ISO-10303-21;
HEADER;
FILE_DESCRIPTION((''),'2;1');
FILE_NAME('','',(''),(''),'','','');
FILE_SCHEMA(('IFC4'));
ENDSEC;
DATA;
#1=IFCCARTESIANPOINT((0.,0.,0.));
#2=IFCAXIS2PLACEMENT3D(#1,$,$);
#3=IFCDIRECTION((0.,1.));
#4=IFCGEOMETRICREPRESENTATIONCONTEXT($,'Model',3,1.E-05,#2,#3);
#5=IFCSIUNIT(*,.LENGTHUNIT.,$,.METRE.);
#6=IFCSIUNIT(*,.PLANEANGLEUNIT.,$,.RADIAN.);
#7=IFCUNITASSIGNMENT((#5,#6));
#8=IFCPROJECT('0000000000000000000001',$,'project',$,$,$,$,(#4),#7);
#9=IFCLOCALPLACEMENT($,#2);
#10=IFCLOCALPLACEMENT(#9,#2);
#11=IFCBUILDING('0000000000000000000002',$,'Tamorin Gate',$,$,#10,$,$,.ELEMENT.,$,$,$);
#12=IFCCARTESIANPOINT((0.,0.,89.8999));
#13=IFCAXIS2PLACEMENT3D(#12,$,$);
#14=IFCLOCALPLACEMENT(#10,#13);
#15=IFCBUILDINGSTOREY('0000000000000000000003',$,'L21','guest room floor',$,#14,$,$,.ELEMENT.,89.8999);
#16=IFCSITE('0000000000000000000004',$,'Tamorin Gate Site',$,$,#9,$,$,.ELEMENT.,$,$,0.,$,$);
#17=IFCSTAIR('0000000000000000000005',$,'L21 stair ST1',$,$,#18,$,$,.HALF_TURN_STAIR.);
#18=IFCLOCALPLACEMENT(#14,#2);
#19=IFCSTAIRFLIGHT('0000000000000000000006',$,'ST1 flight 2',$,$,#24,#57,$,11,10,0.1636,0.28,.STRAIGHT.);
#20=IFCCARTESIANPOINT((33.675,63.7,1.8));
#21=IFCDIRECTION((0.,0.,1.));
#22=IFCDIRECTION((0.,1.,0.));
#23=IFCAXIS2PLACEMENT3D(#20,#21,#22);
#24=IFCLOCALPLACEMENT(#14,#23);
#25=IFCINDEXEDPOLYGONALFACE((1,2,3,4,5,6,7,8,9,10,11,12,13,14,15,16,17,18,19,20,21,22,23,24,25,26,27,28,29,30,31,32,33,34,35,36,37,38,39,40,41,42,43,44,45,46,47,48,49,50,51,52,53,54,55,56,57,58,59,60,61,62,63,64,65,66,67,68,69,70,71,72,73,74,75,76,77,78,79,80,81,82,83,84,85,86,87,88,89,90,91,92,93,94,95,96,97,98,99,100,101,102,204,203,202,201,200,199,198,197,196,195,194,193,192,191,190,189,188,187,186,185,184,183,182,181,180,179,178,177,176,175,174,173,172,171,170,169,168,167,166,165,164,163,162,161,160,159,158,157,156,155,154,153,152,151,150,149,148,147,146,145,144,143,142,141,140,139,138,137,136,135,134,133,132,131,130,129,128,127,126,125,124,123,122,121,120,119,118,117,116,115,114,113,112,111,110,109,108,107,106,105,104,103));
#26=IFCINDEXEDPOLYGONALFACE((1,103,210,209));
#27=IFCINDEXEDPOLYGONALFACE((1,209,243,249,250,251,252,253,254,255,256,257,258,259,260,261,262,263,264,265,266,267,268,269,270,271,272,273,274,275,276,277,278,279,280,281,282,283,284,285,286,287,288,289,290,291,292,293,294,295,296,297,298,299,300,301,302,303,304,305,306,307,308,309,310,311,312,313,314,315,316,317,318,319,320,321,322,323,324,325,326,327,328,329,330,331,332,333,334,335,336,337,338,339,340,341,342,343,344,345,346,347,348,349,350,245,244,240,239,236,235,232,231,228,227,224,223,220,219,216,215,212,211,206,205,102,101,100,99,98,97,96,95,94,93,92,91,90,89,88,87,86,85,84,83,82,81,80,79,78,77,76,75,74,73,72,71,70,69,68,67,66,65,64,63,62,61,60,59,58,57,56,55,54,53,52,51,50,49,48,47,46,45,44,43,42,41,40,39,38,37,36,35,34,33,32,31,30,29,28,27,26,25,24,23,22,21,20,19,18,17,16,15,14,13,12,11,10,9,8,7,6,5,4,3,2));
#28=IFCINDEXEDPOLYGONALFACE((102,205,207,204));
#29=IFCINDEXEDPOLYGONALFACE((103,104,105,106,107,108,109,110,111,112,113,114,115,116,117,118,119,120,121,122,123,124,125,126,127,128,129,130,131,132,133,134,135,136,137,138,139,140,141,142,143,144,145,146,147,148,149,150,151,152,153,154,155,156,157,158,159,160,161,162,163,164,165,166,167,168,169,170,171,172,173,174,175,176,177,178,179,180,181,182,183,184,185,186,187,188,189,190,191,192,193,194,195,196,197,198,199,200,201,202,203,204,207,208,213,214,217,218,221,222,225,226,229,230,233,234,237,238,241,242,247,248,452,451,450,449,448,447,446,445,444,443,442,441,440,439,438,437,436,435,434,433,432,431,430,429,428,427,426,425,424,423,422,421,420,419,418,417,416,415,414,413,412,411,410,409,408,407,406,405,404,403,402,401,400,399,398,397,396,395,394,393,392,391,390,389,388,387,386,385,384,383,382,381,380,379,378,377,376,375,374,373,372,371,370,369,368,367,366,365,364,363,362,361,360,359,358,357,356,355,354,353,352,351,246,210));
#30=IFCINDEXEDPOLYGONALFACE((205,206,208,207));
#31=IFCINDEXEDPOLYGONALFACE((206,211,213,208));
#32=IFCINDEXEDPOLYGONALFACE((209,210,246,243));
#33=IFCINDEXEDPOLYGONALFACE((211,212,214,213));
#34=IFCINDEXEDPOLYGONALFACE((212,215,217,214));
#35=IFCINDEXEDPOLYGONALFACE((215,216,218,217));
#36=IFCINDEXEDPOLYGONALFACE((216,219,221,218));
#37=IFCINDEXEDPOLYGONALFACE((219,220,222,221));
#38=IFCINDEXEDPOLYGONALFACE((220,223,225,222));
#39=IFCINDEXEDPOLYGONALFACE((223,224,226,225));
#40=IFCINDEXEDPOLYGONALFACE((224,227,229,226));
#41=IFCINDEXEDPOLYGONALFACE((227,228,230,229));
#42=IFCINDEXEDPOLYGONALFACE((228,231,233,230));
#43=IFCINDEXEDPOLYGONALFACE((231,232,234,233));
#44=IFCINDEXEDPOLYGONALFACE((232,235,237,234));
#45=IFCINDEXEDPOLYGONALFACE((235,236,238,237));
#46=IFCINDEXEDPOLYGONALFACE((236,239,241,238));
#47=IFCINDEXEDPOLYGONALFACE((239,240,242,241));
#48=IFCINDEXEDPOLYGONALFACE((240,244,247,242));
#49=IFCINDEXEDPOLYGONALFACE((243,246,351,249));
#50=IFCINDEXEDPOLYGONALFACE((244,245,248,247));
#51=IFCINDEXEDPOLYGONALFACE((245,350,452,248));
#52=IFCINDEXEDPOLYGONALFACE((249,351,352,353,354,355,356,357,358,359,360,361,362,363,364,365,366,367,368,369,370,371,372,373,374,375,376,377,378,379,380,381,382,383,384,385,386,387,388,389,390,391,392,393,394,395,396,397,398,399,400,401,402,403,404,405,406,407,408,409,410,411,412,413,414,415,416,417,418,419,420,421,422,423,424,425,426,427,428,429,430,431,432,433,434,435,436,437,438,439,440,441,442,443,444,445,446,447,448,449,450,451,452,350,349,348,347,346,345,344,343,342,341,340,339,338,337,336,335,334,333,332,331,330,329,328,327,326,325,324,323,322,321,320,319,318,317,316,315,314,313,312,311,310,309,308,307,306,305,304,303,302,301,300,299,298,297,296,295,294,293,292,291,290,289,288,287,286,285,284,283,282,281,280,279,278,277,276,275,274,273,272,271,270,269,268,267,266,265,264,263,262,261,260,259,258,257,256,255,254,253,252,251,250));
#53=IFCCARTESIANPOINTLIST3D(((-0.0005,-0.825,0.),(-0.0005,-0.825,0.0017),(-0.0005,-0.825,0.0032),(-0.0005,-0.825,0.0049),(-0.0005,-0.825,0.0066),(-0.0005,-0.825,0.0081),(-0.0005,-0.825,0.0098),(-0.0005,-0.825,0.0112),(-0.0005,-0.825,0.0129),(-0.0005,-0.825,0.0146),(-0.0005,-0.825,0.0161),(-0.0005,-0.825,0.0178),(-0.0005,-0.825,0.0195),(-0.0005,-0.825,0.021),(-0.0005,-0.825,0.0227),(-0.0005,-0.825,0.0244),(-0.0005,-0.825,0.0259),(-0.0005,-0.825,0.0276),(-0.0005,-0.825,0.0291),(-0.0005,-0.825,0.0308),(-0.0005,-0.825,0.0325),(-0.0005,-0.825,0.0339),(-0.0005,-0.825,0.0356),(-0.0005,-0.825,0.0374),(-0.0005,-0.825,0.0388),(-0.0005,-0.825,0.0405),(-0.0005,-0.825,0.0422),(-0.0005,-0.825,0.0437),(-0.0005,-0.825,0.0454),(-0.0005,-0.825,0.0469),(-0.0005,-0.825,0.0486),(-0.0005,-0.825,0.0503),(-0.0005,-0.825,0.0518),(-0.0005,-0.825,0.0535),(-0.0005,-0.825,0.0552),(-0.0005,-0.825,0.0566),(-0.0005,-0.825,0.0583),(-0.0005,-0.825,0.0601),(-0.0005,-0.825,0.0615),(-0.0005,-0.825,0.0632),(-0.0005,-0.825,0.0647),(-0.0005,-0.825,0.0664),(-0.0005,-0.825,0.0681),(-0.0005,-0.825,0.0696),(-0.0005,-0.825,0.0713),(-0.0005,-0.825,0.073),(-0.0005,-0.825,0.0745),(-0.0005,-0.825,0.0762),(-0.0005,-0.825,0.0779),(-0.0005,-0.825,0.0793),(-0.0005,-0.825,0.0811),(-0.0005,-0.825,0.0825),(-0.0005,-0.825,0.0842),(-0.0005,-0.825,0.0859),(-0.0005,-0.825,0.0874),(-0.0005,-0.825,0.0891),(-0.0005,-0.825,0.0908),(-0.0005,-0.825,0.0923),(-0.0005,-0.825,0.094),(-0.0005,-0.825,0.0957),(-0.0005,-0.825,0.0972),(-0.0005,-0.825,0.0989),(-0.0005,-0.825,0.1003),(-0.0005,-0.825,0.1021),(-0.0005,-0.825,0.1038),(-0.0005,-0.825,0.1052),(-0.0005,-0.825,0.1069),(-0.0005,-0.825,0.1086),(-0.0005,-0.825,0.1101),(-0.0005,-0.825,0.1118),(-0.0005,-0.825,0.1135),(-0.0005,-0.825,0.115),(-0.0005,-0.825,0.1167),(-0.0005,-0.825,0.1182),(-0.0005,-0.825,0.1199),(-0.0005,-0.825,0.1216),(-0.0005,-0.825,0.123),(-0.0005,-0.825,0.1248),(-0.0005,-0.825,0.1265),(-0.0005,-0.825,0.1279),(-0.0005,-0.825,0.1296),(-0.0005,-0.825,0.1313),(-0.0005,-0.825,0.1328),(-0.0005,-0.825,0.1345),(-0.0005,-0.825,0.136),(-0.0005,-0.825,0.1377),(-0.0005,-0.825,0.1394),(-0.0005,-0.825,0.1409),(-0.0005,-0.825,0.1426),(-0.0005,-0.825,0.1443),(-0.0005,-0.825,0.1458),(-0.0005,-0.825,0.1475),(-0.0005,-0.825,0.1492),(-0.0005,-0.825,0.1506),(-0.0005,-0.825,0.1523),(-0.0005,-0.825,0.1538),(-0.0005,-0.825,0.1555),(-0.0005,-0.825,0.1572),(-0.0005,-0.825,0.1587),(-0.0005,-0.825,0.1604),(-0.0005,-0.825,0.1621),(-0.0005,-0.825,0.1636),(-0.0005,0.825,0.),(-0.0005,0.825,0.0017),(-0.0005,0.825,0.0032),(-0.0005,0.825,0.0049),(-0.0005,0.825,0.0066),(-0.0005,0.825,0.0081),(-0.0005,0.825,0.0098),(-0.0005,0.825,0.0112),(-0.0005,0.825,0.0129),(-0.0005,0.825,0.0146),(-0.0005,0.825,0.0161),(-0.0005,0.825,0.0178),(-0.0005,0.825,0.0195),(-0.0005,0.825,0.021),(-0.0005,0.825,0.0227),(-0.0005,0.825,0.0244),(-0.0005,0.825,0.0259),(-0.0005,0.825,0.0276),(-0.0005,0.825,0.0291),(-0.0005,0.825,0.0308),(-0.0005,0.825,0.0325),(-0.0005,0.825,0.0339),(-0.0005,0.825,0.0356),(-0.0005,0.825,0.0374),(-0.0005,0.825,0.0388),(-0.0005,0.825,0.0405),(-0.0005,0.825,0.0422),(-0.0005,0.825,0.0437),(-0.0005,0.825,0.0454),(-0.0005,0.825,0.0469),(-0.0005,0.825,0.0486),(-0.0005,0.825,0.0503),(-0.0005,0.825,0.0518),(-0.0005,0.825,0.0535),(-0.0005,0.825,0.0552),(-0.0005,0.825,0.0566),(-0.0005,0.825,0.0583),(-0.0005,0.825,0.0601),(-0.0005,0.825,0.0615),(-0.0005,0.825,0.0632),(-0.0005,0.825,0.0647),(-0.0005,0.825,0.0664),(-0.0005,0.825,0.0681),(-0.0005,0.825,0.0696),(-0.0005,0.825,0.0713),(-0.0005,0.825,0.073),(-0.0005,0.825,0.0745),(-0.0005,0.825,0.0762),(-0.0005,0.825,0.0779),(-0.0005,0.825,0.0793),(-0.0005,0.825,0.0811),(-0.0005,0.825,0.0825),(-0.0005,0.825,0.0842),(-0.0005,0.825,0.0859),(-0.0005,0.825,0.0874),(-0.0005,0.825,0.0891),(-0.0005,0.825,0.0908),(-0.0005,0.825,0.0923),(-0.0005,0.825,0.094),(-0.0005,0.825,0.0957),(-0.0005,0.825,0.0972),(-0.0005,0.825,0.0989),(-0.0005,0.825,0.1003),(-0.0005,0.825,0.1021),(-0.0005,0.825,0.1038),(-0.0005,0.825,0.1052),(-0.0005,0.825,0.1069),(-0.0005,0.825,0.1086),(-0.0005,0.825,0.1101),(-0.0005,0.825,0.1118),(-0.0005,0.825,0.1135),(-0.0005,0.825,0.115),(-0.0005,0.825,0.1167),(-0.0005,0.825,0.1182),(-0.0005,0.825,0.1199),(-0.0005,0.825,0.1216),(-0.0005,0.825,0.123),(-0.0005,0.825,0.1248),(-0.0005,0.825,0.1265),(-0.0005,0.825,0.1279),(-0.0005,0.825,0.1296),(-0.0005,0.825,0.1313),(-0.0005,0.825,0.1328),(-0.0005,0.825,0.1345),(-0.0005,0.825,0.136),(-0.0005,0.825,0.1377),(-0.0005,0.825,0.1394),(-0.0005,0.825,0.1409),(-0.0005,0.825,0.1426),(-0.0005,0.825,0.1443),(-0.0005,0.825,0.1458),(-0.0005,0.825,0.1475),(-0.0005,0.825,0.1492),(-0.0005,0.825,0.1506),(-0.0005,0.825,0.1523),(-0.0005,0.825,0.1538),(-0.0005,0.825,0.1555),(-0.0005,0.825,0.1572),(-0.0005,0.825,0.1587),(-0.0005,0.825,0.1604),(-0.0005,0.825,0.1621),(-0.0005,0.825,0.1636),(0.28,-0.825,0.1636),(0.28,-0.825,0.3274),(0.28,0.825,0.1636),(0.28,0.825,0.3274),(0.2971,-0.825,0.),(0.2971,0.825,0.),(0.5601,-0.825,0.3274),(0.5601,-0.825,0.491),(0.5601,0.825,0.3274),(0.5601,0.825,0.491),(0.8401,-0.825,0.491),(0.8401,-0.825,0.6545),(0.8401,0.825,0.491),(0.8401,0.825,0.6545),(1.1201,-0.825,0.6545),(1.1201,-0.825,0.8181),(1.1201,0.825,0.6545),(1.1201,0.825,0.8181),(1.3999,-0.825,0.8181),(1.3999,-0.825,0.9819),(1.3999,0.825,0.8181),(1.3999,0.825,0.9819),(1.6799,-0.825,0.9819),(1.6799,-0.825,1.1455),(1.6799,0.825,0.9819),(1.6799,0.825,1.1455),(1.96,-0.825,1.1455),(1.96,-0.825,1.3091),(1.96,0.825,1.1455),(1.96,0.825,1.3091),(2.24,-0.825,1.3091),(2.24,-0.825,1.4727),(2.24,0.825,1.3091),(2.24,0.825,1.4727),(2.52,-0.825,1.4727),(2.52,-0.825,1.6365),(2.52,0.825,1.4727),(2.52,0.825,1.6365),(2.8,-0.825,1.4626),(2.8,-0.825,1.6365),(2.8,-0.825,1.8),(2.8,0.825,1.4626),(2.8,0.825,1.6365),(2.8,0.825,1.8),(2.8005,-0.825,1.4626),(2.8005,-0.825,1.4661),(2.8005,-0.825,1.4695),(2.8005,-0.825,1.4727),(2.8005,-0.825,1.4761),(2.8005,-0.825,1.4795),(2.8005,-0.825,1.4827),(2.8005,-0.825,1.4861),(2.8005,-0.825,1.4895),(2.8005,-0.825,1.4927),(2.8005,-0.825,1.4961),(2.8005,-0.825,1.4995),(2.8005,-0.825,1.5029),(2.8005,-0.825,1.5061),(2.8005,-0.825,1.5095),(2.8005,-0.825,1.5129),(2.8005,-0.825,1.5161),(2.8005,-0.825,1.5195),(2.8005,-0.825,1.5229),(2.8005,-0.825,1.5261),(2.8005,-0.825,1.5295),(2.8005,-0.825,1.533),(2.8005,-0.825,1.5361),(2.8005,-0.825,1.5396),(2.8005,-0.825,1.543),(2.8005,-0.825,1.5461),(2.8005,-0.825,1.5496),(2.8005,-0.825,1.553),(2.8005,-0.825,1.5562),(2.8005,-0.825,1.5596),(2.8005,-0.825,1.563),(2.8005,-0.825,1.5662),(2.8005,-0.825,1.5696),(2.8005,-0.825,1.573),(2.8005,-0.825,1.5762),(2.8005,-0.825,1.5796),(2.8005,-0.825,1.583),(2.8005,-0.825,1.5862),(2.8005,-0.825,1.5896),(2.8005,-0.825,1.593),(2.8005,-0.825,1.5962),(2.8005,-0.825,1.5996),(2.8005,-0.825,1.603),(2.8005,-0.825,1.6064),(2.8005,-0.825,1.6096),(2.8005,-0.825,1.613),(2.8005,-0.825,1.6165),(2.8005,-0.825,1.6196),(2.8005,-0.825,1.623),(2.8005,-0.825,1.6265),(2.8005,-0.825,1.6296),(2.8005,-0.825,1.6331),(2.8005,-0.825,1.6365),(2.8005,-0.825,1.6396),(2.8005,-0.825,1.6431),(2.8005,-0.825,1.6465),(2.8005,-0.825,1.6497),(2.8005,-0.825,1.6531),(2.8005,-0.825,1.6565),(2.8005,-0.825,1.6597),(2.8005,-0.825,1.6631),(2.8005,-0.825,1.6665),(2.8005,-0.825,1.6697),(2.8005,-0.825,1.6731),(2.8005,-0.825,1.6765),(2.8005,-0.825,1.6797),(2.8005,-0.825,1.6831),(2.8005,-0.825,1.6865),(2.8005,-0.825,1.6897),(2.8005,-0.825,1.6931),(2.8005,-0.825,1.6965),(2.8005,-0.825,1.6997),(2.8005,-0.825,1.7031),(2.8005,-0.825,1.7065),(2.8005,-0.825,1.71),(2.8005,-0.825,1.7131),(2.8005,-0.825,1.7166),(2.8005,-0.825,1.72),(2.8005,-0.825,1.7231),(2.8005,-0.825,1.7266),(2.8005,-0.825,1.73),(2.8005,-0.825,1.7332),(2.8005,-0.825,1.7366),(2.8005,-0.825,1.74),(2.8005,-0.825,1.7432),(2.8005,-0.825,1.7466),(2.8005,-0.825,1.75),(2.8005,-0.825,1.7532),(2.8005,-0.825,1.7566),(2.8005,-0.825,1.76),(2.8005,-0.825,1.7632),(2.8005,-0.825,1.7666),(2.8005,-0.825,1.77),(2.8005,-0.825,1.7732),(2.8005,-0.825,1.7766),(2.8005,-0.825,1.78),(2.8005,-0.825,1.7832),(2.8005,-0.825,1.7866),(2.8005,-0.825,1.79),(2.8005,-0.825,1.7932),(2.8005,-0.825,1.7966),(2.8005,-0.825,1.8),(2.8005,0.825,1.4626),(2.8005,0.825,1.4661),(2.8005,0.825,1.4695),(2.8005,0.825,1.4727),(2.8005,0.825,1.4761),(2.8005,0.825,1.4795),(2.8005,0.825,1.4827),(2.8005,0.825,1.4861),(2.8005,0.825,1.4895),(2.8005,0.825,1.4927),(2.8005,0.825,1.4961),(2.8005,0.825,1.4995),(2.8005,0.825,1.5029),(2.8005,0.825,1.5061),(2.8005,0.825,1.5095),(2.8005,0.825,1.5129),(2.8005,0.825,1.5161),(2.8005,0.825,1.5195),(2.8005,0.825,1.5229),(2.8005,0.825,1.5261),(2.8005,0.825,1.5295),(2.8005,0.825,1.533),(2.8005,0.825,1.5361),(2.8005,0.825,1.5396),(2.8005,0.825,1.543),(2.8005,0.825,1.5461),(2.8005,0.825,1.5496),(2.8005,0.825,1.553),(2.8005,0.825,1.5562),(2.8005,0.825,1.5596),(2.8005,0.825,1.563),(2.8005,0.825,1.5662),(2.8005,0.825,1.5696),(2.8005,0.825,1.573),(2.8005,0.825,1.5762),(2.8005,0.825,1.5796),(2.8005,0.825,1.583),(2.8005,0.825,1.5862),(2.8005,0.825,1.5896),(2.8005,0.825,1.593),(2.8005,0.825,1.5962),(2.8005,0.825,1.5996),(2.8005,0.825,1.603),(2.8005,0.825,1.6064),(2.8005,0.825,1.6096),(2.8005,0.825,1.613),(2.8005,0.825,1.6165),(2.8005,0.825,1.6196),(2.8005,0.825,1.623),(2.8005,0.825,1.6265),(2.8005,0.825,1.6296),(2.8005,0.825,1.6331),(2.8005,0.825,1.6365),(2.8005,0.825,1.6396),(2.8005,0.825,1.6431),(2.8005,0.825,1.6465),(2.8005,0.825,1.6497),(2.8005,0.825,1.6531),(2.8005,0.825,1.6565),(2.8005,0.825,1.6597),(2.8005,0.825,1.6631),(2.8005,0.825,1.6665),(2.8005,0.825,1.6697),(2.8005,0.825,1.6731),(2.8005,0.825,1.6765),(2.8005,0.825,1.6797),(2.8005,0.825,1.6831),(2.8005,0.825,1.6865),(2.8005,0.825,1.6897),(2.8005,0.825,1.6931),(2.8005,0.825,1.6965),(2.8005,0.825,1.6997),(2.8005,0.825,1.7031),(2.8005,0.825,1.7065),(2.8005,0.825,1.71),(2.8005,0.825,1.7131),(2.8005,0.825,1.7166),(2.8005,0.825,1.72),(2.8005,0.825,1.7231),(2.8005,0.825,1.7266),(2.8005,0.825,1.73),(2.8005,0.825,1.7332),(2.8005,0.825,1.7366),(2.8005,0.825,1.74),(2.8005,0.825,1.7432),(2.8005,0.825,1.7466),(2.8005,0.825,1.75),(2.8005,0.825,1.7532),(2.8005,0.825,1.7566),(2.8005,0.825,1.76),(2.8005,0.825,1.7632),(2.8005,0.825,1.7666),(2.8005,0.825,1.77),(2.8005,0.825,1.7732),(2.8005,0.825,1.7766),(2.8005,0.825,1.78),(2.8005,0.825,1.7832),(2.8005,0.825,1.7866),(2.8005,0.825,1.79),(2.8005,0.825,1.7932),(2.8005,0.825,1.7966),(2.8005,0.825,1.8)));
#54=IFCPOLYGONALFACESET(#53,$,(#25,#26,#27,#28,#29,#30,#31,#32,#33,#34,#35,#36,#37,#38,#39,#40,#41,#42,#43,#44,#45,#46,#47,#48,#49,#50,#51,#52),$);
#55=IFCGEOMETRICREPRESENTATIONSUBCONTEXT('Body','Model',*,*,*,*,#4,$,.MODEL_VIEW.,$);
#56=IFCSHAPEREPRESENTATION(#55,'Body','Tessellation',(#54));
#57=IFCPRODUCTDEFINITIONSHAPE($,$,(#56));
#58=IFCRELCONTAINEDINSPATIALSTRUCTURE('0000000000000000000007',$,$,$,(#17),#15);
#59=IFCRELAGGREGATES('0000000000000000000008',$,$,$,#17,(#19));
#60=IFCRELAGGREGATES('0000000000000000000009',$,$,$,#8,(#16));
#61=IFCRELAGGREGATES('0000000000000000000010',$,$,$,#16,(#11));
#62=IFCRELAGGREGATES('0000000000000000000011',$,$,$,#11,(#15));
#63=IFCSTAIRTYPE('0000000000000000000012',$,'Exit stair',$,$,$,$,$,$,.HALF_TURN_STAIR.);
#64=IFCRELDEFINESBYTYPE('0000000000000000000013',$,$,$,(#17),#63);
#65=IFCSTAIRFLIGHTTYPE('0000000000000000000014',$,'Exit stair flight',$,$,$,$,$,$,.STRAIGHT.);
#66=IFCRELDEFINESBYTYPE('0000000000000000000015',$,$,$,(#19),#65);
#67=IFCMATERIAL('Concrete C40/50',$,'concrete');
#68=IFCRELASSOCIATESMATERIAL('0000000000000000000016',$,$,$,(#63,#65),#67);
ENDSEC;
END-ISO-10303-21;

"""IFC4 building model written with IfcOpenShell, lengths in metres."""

from ifc_helpers import new_model, si_unit, direction, frame, origin, place, context, subcontext, project, spatial, polyline, outline, extrude, material, type_object, element, aggregate, save


model = new_model("IFC4")

# Units and contexts
model_context = context("Model", 3, precision=1e-05, world=origin(), true_north=direction((0.0, 1.0)))
body_context = subcontext(model_context, "Body", "Model", "MODEL_VIEW")
ifc_project = project(units=[si_unit("LENGTHUNIT", "METRE"), si_unit("PLANEANGLEUNIT", "RADIAN")], contexts=[model_context])

# Site, building, storey
site_placement = place(None, origin())
site = spatial("IfcSite", under=ifc_project, at=site_placement, Name="Tamorin Gate Site", CompositionType="ELEMENT", RefElevation=0.0)
building_placement = place(site_placement, origin())
building = spatial("IfcBuilding", under=site, at=building_placement, Name="Tamorin Gate", CompositionType="ELEMENT")
storey_placement = place(building_placement, frame((0.0, 0.0, 89.8999)))
storey = spatial("IfcBuildingStorey", under=building, at=storey_placement, Name="L21", Description="guest room floor", CompositionType="ELEMENT", Elevation=89.8999)

# Shared definitions
ifc_material_1 = material(Name="Concrete C40/50", Category="concrete")

# Stair, stair flight
stair_type = type_object("IfcStairType", Name="Exit stair", PredefinedType="HALF_TURN_STAIR", material=ifc_material_1)
stair_placement = place(storey_placement, origin())
stair = element("IfcStair", 1, at=stair_placement, inside=storey, type_object=stair_type, Name="L21 stair ST1", PredefinedType="HALF_TURN_STAIR")
stair_flight_type = type_object("IfcStairFlightType", Name="Exit stair flight", PredefinedType="STRAIGHT", material=ifc_material_1)
stair_flight_1_placement = place(storey_placement, frame((33.675, 63.7, 1.8), z_axis=(0.0, 0.0, 1.0), x_axis=(0.0, 1.0, 0.0)))
stair_flight_1 = element("IfcStairFlight", 2, at=stair_flight_1_placement, type_object=stair_flight_type, Name="ST1 flight 2", NumberOfRisers=11, NumberOfTreads=10, PredefinedType="STRAIGHT", RiserHeight=0.1636, TreadLength=0.28, context=body_context, shape_type="SweptSolid", body=[
    extrude(outline(polyline([(-0.0005, 0.0), (-0.0005, 0.0017), (-0.0005, 0.0032), (-0.0005, 0.0049), (-0.0005, 0.0066), (-0.0005, 0.0081), (-0.0005, 0.0098), (-0.0005, 0.0112), (-0.0005, 0.0129), (-0.0005, 0.0146), (-0.0005, 0.0161), (-0.0005, 0.0178), (-0.0005, 0.0195), (-0.0005, 0.021), (-0.0005, 0.0227), (-0.0005, 0.0244), (-0.0005, 0.0259), (-0.0005, 0.0276), (-0.0005, 0.0291), (-0.0005, 0.0308), (-0.0005, 0.0325), (-0.0005, 0.0339), (-0.0005, 0.0356), (-0.0005, 0.0374), (-0.0005, 0.0388), (-0.0005, 0.0405), (-0.0005, 0.0422), (-0.0005, 0.0437), (-0.0005, 0.0454), (-0.0005, 0.0469), (-0.0005, 0.0486), (-0.0005, 0.0503), (-0.0005, 0.0518), (-0.0005, 0.0535), (-0.0005, 0.0552), (-0.0005, 0.0566), (-0.0005, 0.0583), (-0.0005, 0.0601), (-0.0005, 0.0615), (-0.0005, 0.0632), (-0.0005, 0.0647), (-0.0005, 0.0664), (-0.0005, 0.0681), (-0.0005, 0.0696), (-0.0005, 0.0713), (-0.0005, 0.073), (-0.0005, 0.0745), (-0.0005, 0.0762), (-0.0005, 0.0779), (-0.0005, 0.0793), (-0.0005, 0.0811), (-0.0005, 0.0825), (-0.0005, 0.0842), (-0.0005, 0.0859), (-0.0005, 0.0874), (-0.0005, 0.0891), (-0.0005, 0.0908), (-0.0005, 0.0923), (-0.0005, 0.094), (-0.0005, 0.0957), (-0.0005, 0.0972), (-0.0005, 0.0989), (-0.0005, 0.1003), (-0.0005, 0.1021), (-0.0005, 0.1038), (-0.0005, 0.1052), (-0.0005, 0.1069), (-0.0005, 0.1086), (-0.0005, 0.1101), (-0.0005, 0.1118), (-0.0005, 0.1135), (-0.0005, 0.115), (-0.0005, 0.1167), (-0.0005, 0.1182), (-0.0005, 0.1199), (-0.0005, 0.1216), (-0.0005, 0.123), (-0.0005, 0.1248), (-0.0005, 0.1265), (-0.0005, 0.1279), (-0.0005, 0.1296), (-0.0005, 0.1313), (-0.0005, 0.1328), (-0.0005, 0.1345), (-0.0005, 0.136), (-0.0005, 0.1377), (-0.0005, 0.1394), (-0.0005, 0.1409), (-0.0005, 0.1426), (-0.0005, 0.1443), (-0.0005, 0.1458), (-0.0005, 0.1475), (-0.0005, 0.1492), (-0.0005, 0.1506), (-0.0005, 0.1523), (-0.0005, 0.1538), (-0.0005, 0.1555), (-0.0005, 0.1572), (-0.0005, 0.1587), (-0.0005, 0.1604), (-0.0005, 0.1621), (-0.0005, 0.1636), (0.28, 0.1636), (0.28, 0.3274), (0.5601, 0.3274), (0.5601, 0.491), (0.8401, 0.491), (0.8401, 0.6545), (1.1201, 0.6545), (1.1201, 0.8181), (1.3999, 0.8181), (1.3999, 0.9819), (1.6799, 0.9819), (1.6799, 1.1455), (1.96, 1.1455), (1.96, 1.3091), (2.24, 1.3091), (2.24, 1.4727), (2.52, 1.4727), (2.52, 1.6365), (2.8, 1.6365), (2.8, 1.8), (2.8005, 1.8), (2.8005, 1.7966), (2.8005, 1.7932), (2.8005, 1.79), (2.8005, 1.7866), (2.8005, 1.7832), (2.8005, 1.78), (2.8005, 1.7766), (2.8005, 1.7732), (2.8005, 1.77), (2.8005, 1.7666), (2.8005, 1.7632), (2.8005, 1.76), (2.8005, 1.7566), (2.8005, 1.7532), (2.8005, 1.75), (2.8005, 1.7466), (2.8005, 1.7432), (2.8005, 1.74), (2.8005, 1.7366), (2.8005, 1.7332), (2.8005, 1.73), (2.8005, 1.7266), (2.8005, 1.7231), (2.8005, 1.72), (2.8005, 1.7166), (2.8005, 1.7131), (2.8005, 1.71), (2.8005, 1.7065), (2.8005, 1.7031), (2.8005, 1.6997), (2.8005, 1.6965), (2.8005, 1.6931), (2.8005, 1.6897), (2.8005, 1.6865), (2.8005, 1.6831), (2.8005, 1.6797), (2.8005, 1.6765), (2.8005, 1.6731), (2.8005, 1.6697), (2.8005, 1.6665), (2.8005, 1.6631), (2.8005, 1.6597), (2.8005, 1.6565), (2.8005, 1.6531), (2.8005, 1.6497), (2.8005, 1.6465), (2.8005, 1.6431), (2.8005, 1.6396), (2.8005, 1.6365), (2.8005, 1.6331), (2.8005, 1.6296), (2.8005, 1.6265), (2.8005, 1.623), (2.8005, 1.6196), (2.8005, 1.6165), (2.8005, 1.613), (2.8005, 1.6096), (2.8005, 1.6064), (2.8005, 1.603), (2.8005, 1.5996), (2.8005, 1.5962), (2.8005, 1.593), (2.8005, 1.5896), (2.8005, 1.5862), (2.8005, 1.583), (2.8005, 1.5796), (2.8005, 1.5762), (2.8005, 1.573), (2.8005, 1.5696), (2.8005, 1.5662), (2.8005, 1.563), (2.8005, 1.5596), (2.8005, 1.5562), (2.8005, 1.553), (2.8005, 1.5496), (2.8005, 1.5461), (2.8005, 1.543), (2.8005, 1.5396), (2.8005, 1.5361), (2.8005, 1.533), (2.8005, 1.5295), (2.8005, 1.5261), (2.8005, 1.5229), (2.8005, 1.5195), (2.8005, 1.5161), (2.8005, 1.5129), (2.8005, 1.5095), (2.8005, 1.5061), (2.8005, 1.5029), (2.8005, 1.4995), (2.8005, 1.4961), (2.8005, 1.4927), (2.8005, 1.4895), (2.8005, 1.4861), (2.8005, 1.4827), (2.8005, 1.4795), (2.8005, 1.4761), (2.8005, 1.4727), (2.8005, 1.4695), (2.8005, 1.4661), (2.8005, 1.4626), (2.8, 1.4626), (0.2971, 0.0), (-0.0005, 0.0)])), frame((0.0, 0.825, 0.0), z_axis=(0.0, -1.0, 0.0), x_axis=(1.0, 0.0, 0.0)), (0.0, 0.0, 1.0), 1.6499),
])
aggregate(stair, [stair_flight_1])

save(model, "model.ifc")
